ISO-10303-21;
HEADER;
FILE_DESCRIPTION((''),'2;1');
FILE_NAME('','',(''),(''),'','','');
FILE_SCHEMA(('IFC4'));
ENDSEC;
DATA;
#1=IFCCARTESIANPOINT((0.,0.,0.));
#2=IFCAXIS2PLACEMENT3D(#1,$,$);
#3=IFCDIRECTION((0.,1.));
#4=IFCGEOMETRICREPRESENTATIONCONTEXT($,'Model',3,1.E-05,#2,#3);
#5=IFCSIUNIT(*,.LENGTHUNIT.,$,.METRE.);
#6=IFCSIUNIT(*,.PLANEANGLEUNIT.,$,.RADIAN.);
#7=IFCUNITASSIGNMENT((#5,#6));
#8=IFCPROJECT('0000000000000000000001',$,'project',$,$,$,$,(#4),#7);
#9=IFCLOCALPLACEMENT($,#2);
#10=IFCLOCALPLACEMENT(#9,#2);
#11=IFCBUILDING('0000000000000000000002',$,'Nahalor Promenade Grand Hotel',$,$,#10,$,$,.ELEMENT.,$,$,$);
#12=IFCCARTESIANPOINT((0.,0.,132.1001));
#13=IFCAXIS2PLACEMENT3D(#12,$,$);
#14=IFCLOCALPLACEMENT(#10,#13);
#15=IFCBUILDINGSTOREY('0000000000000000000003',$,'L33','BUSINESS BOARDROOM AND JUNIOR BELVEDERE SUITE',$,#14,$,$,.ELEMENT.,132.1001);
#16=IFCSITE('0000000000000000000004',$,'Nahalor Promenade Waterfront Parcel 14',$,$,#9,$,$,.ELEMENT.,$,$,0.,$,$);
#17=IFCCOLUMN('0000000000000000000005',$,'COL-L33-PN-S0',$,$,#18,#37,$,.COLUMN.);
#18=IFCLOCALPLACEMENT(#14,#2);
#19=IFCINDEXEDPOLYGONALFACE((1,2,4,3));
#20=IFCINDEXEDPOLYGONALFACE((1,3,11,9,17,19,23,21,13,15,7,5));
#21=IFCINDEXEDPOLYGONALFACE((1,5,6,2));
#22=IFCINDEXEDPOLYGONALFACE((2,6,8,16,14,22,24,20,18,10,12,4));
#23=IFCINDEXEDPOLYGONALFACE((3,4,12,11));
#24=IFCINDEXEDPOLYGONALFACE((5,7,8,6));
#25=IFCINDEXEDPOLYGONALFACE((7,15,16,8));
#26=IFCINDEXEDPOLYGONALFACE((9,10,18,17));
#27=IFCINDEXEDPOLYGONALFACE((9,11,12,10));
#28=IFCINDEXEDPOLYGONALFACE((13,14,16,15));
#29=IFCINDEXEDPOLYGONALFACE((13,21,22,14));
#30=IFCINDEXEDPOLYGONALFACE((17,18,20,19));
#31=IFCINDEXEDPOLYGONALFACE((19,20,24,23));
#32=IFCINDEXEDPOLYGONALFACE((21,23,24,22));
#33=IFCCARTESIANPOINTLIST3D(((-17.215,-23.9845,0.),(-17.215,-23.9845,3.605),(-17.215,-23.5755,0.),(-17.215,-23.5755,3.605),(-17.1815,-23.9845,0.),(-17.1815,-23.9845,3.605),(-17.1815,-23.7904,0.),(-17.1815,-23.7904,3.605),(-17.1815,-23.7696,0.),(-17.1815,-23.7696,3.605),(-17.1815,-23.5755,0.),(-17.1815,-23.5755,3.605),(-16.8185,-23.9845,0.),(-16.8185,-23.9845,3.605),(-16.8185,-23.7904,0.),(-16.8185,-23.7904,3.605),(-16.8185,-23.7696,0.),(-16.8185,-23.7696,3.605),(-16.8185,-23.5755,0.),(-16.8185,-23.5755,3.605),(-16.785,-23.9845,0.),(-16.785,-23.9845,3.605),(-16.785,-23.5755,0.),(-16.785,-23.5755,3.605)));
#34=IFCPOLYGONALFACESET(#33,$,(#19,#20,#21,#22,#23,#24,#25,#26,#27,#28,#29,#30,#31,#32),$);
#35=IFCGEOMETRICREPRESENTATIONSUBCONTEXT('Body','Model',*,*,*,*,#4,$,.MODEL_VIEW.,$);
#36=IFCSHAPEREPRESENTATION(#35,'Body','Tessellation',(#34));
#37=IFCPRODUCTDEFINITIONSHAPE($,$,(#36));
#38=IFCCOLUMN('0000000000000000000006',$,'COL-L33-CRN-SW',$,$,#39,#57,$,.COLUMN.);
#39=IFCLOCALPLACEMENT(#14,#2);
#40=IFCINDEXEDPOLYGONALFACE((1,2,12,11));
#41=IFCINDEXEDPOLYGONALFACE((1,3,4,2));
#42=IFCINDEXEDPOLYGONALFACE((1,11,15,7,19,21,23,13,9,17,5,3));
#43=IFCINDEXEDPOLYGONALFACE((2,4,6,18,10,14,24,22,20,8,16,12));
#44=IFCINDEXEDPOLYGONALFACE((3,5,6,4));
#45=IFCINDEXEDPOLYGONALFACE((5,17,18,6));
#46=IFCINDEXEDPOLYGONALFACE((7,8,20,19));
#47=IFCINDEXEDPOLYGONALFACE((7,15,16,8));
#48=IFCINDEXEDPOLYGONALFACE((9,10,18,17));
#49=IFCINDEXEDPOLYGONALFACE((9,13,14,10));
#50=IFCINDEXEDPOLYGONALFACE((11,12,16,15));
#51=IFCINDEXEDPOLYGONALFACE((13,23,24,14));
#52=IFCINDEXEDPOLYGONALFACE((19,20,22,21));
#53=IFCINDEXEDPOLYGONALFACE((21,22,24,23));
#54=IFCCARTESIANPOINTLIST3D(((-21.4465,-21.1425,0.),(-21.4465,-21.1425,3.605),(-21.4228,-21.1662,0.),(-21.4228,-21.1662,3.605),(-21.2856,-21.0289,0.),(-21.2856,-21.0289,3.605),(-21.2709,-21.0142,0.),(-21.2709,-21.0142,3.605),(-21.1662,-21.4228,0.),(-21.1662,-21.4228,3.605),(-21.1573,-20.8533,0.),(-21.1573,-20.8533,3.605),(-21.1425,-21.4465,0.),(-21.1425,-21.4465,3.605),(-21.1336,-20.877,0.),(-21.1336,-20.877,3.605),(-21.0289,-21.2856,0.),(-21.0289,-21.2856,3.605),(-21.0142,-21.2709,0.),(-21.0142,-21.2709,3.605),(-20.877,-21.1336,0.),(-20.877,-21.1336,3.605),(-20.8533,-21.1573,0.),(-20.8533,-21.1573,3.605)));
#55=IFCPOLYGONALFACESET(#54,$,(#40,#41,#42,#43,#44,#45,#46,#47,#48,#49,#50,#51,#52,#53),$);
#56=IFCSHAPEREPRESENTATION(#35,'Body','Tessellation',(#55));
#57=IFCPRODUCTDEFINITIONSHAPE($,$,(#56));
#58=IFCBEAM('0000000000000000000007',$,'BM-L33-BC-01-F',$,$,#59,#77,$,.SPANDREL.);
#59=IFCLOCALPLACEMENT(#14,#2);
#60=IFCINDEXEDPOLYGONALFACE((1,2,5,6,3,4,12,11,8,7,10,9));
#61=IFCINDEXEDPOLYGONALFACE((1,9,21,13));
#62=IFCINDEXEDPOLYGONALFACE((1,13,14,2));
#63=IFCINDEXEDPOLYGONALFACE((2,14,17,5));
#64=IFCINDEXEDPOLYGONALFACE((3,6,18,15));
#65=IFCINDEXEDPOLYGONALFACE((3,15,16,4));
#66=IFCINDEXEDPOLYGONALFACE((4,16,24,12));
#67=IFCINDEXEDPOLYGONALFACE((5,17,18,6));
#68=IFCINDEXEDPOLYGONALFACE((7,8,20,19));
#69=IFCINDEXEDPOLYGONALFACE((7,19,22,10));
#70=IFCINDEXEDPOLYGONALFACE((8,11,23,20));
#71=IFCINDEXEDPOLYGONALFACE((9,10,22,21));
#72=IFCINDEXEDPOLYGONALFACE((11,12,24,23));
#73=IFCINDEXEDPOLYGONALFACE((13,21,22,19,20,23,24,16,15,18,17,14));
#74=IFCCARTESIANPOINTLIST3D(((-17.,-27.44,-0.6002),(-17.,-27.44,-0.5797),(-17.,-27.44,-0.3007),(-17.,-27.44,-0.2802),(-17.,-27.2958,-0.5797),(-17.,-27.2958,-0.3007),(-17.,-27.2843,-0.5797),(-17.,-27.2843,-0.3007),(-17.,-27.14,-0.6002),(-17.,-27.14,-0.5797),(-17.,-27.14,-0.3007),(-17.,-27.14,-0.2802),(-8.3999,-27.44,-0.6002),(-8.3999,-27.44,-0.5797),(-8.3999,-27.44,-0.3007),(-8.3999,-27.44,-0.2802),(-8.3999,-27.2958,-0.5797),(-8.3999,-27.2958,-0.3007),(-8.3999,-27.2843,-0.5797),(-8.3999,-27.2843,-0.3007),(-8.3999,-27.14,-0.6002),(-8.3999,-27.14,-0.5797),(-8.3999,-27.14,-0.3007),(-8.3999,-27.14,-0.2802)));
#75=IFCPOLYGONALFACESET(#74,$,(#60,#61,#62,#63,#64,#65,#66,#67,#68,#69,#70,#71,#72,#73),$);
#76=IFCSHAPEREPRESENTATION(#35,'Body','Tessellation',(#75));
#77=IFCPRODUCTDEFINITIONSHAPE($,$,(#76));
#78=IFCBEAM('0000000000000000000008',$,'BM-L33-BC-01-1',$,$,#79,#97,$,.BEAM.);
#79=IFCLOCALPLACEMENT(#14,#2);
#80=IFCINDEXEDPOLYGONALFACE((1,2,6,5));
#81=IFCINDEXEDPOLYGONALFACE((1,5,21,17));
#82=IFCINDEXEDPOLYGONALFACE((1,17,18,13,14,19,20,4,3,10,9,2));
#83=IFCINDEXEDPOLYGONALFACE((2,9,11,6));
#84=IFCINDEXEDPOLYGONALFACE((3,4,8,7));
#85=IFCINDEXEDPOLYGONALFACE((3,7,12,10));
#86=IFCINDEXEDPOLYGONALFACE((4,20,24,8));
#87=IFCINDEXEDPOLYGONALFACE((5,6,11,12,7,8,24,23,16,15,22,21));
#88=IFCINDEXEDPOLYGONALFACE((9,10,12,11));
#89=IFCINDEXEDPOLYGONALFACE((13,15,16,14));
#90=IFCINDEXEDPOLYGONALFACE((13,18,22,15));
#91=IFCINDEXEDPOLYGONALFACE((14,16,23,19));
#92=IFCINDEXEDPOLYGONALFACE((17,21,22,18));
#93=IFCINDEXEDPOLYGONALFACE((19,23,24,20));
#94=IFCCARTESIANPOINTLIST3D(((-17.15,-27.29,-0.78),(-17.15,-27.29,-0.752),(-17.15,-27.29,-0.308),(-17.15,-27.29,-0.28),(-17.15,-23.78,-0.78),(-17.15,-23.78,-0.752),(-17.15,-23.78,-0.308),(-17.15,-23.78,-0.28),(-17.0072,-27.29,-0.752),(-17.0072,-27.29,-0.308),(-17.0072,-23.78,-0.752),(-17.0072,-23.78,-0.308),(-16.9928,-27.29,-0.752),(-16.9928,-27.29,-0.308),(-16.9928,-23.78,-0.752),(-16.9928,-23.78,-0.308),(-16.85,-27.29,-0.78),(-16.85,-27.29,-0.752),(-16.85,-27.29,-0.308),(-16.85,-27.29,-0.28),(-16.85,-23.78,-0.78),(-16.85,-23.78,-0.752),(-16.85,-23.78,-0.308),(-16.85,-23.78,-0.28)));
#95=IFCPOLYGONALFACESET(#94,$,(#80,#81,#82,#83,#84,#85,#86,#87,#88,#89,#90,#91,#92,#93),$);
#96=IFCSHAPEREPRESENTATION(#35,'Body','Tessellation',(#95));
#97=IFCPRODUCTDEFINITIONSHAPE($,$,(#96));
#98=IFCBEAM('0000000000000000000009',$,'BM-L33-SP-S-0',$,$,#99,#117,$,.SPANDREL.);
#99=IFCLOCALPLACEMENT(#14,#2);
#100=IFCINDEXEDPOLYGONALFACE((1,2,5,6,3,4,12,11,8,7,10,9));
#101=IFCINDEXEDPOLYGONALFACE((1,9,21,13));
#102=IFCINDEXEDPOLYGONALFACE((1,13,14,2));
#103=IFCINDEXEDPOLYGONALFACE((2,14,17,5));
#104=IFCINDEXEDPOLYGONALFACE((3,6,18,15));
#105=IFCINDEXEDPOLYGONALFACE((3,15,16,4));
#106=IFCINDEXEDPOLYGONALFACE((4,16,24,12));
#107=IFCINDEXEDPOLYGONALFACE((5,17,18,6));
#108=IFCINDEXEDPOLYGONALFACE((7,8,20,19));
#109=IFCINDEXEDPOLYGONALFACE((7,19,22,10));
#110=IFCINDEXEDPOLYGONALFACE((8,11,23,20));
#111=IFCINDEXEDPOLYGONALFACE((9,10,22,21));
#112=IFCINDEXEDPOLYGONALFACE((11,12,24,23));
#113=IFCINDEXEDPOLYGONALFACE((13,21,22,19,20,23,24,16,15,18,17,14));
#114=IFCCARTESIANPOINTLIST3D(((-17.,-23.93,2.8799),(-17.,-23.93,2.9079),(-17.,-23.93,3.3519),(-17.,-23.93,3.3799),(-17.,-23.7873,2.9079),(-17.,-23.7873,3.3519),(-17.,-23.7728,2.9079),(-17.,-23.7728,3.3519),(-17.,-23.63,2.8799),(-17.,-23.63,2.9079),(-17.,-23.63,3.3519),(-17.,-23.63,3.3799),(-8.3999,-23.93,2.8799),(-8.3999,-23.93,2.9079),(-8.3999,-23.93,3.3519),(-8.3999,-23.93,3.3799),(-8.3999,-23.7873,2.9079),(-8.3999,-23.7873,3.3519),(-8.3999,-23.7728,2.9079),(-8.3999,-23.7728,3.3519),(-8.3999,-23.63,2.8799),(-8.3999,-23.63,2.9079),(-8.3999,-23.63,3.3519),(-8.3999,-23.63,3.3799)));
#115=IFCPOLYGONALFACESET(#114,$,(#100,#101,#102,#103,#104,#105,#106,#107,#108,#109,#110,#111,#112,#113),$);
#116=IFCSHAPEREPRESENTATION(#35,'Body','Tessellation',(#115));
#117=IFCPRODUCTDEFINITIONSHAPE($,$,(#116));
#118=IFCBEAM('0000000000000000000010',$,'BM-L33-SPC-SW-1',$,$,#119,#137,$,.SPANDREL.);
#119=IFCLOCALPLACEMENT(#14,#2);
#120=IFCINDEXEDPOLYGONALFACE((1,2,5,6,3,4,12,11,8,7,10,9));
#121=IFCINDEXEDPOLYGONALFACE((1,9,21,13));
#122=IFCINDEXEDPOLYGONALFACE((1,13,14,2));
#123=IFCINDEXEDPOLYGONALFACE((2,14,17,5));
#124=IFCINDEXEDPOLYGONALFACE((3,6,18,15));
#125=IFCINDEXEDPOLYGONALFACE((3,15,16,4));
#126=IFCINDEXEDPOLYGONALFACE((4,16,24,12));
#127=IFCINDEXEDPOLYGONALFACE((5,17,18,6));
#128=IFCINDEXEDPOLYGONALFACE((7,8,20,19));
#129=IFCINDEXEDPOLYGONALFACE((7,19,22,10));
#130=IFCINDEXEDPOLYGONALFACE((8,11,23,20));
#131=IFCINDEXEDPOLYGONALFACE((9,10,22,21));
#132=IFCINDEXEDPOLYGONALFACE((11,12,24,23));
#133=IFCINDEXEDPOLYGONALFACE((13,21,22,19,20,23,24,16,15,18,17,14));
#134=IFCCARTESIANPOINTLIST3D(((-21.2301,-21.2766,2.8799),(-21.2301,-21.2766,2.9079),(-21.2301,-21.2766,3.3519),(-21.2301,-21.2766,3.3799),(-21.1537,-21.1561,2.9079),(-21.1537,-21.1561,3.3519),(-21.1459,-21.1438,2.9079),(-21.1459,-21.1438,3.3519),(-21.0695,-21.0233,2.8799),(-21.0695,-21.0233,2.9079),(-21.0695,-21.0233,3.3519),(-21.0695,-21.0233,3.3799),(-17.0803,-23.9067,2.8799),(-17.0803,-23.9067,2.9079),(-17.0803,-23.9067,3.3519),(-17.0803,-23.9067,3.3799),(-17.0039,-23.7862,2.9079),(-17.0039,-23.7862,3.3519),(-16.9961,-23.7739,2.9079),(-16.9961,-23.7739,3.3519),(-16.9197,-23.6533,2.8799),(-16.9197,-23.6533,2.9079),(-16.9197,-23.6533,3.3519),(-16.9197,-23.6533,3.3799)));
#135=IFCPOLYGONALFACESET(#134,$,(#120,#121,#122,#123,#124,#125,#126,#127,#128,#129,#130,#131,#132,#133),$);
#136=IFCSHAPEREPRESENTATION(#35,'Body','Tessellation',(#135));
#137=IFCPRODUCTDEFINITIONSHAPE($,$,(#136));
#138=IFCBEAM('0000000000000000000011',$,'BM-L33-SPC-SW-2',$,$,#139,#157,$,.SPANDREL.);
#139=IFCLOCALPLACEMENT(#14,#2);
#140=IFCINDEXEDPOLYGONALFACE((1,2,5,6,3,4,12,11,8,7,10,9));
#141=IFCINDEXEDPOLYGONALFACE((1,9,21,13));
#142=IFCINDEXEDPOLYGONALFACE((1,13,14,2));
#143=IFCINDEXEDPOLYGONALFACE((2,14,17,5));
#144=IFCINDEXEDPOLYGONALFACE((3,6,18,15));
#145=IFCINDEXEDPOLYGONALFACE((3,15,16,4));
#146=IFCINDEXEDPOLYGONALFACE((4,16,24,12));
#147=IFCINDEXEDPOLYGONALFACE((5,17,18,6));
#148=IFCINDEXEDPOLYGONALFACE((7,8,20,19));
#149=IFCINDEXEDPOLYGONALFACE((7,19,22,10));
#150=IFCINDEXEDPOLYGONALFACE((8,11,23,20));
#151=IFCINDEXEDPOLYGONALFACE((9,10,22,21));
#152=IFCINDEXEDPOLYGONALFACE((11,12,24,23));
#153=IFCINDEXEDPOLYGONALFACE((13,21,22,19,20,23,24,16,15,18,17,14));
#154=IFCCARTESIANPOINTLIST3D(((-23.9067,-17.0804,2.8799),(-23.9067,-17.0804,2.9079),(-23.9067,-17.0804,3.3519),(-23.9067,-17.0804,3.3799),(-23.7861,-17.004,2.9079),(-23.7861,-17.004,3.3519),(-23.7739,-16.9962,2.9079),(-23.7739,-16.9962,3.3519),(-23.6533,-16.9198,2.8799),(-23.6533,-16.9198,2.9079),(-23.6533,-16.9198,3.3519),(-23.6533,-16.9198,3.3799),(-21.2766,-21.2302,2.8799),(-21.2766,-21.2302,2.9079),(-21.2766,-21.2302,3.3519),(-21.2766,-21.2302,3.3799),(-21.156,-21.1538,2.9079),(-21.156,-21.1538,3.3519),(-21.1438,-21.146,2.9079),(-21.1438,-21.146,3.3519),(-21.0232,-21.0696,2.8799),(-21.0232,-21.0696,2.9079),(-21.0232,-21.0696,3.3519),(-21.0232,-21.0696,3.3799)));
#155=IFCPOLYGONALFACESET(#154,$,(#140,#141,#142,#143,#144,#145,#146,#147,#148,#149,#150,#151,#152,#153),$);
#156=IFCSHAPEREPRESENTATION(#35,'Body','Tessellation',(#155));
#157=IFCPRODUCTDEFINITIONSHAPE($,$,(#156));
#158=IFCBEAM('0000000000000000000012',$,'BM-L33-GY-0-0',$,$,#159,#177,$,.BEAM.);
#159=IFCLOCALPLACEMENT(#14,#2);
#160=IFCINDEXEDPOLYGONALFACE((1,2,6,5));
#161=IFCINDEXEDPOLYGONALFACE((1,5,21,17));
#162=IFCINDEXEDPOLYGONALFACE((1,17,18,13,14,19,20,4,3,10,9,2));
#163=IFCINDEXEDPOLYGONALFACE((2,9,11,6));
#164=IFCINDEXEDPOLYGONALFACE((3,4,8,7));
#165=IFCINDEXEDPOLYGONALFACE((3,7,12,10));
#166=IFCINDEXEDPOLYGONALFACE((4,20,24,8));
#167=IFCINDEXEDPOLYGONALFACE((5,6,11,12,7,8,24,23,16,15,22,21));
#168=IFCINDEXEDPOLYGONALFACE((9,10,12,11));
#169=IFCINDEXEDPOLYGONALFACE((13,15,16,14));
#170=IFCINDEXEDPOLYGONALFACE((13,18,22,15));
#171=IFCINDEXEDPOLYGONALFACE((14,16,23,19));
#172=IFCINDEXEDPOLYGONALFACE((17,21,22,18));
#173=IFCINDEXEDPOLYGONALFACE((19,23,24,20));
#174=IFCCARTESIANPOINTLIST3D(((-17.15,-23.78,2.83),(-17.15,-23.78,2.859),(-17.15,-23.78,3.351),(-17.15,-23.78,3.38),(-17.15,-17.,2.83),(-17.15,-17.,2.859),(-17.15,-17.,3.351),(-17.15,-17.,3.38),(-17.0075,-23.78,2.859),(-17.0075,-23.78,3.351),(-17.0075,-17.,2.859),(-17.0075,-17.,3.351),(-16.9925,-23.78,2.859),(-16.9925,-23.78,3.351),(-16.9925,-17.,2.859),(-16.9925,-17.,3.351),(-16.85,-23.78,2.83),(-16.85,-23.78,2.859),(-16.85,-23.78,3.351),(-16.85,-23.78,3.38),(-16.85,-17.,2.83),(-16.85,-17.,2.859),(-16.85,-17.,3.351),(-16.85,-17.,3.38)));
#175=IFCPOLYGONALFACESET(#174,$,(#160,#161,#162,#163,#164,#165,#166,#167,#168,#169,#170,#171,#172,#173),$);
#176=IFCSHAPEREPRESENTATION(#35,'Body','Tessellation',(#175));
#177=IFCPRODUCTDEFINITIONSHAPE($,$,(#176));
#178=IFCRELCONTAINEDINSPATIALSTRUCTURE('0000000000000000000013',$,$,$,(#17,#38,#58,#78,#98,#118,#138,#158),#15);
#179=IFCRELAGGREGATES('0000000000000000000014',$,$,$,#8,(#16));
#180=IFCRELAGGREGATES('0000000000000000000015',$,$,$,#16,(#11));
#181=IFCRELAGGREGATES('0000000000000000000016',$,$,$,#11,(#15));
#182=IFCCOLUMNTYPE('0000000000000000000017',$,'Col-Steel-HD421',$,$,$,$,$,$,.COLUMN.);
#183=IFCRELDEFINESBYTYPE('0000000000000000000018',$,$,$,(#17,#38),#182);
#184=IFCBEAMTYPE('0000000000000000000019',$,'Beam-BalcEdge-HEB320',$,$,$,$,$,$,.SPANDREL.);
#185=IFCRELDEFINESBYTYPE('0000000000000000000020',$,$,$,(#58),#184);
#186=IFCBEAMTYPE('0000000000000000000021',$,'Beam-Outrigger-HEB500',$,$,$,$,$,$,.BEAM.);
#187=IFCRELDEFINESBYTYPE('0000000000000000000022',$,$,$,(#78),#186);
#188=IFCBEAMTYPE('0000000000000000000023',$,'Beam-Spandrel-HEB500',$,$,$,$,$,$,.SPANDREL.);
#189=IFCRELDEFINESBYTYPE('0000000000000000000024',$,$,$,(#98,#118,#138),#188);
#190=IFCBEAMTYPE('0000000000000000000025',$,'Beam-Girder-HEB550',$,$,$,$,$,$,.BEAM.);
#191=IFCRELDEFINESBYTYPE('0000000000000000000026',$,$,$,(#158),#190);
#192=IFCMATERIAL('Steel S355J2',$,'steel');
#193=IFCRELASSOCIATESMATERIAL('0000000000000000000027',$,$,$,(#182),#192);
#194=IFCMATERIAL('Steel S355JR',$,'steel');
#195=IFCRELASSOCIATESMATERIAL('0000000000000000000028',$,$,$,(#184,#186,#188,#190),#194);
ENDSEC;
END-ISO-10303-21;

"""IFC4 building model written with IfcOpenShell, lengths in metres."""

from ifc_helpers import new_model, si_unit, direction, frame, origin, origin_2d, place, context, subcontext, project, spatial, i_section, extrude, source, transform, mapped, material, material_profile, profile_set, type_object, element, save


model = new_model("IFC4")

# Units and contexts
model_context = context("Model", 3, precision=1e-05, world=origin(), true_north=direction((0.0, 1.0)))
body_context = subcontext(model_context, "Body", "Model", "MODEL_VIEW")
ifc_project = project(units=[si_unit("LENGTHUNIT", "METRE"), si_unit("PLANEANGLEUNIT", "RADIAN")], contexts=[model_context])

# Site, building, storey
site_placement = place(None, origin())
site = spatial("IfcSite", under=ifc_project, at=site_placement, Name="Nahalor Promenade Waterfront Parcel 14", CompositionType="ELEMENT", RefElevation=0.0)
building_placement = place(site_placement, origin())
building = spatial("IfcBuilding", under=site, at=building_placement, Name="Nahalor Promenade Grand Hotel", CompositionType="ELEMENT")
storey_placement = place(building_placement, frame((0.0, 0.0, 132.1001)))
storey = spatial("IfcBuildingStorey", under=building, at=storey_placement, Name="L33", Description="BUSINESS BOARDROOM AND JUNIOR BELVEDERE SUITE", CompositionType="ELEMENT", Elevation=132.1001)

# Columns
ifc_material_1 = material(Name="Steel S355J2", Category="steel")
ifc_material_profile_1 = material_profile(ifc_material_1, i_section(OverallWidth=0.409, OverallDepth=0.43, WebThickness=0.0208, FlangeThickness=0.0335, at=origin_2d()), Name="HD 400x421")
ifc_profile_set_1 = profile_set([ifc_material_profile_1], Name="Steel S355J2")
column_type = type_object("IfcColumnType", Name="Col-Steel-HD421", PredefinedType="COLUMN", material=ifc_profile_set_1)
shared_shape_1 = source(origin(), body_context, "Body", "SweptSolid", [
    extrude(i_section(OverallWidth=0.409, OverallDepth=0.43, WebThickness=0.0208, FlangeThickness=0.0335, at=origin_2d()), origin(), (0.0, 0.0, 1.0), 3.605),
])
for number, where, z_axis, x_axis, name in (
    (1, (-17.0, -23.78, 0.0), (0.0, 0.0, 1.0), (0.0, 1.0, 0.0), "COL-L33-PN-S0"),
    (2, (-21.1499, -21.1499, 0.0), (0.0, 0.0, 1.0), (0.707107, 0.707107, 0.0), "COL-L33-CRN-SW"),
):
    element("IfcColumn", number, at=place(storey_placement, frame(where, z_axis=z_axis, x_axis=x_axis)), inside=storey, type_object=column_type, Name=name, PredefinedType="COLUMN", context=body_context, shape_type="MappedRepresentation", body=[
        mapped(shared_shape_1, transform((0.0, 0.0, 0.0), scale=1.0)),
    ])

# Beams
ifc_material_2 = material(Name="Steel S355JR", Category="steel")
ifc_material_profile_2 = material_profile(ifc_material_2, i_section(OverallWidth=0.3, OverallDepth=0.32, WebThickness=0.0115, FlangeThickness=0.0205, at=origin_2d()), Name="HEB 320")
ifc_profile_set_2 = profile_set([ifc_material_profile_2], Name="Steel S355JR")
beam_type_1 = type_object("IfcBeamType", Name="Beam-BalcEdge-HEB320", PredefinedType="SPANDREL", material=ifc_profile_set_2)
shared_shape_2 = source(origin(), body_context, "Body", "SweptSolid", [
    extrude(i_section(OverallWidth=0.3, OverallDepth=0.32, WebThickness=0.0115, FlangeThickness=0.0205, at=origin_2d()), origin(), (0.0, 0.0, 1.0), 8.6001),
])
beam_1_placement = place(storey_placement, frame((-17.0, -27.29, -0.4402), z_axis=(1.0, 0.0, 0.0), x_axis=(0.0, 1.0, 0.0)))
element("IfcBeam", 3, at=beam_1_placement, inside=storey, type_object=beam_type_1, Name="BM-L33-BC-01-F", PredefinedType="SPANDREL", context=body_context, shape_type="MappedRepresentation", body=[
    mapped(shared_shape_2, transform((0.0, 0.0, 0.0), scale=1.0)),
])
ifc_material_profile_3 = material_profile(ifc_material_2, i_section(OverallWidth=0.3, OverallDepth=0.5, WebThickness=0.0145, FlangeThickness=0.028, at=origin_2d()), Name="HEB 500")
ifc_profile_set_3 = profile_set([ifc_material_profile_3], Name="Steel S355JR")
beam_type_2 = type_object("IfcBeamType", Name="Beam-Outrigger-HEB500", PredefinedType="BEAM", material=ifc_profile_set_3)
shared_shape_3 = source(origin(), body_context, "Body", "SweptSolid", [
    extrude(i_section(OverallWidth=0.3, OverallDepth=0.5, WebThickness=0.0145, FlangeThickness=0.028, at=origin_2d()), origin(), (0.0, 0.0, 1.0), 3.51),
])
beam_2_placement = place(storey_placement, frame((-17.0, -27.29, -0.53), z_axis=(0.0, 1.0, 0.0), x_axis=(-1.0, 0.0, 0.0)))
element("IfcBeam", 4, at=beam_2_placement, inside=storey, type_object=beam_type_2, Name="BM-L33-BC-01-1", PredefinedType="BEAM", context=body_context, shape_type="MappedRepresentation", body=[
    mapped(shared_shape_3, transform((0.0, 0.0, 0.0), scale=1.0)),
])
ifc_material_profile_4 = material_profile(ifc_material_2, i_section(OverallWidth=0.3, OverallDepth=0.5, WebThickness=0.0145, FlangeThickness=0.028, at=origin_2d()), Name="HEB 500")
ifc_profile_set_4 = profile_set([ifc_material_profile_4], Name="Steel S355JR")
beam_type_3 = type_object("IfcBeamType", Name="Beam-Spandrel-HEB500", PredefinedType="SPANDREL", material=ifc_profile_set_4)
shared_shape_4 = source(origin(), body_context, "Body", "SweptSolid", [
    extrude(i_section(OverallWidth=0.3, OverallDepth=0.5, WebThickness=0.0145, FlangeThickness=0.028, at=origin_2d()), origin(), (0.0, 0.0, 1.0), 8.6001),
])
beam_3_placement = place(storey_placement, frame((-17.0, -23.78, 3.1299), z_axis=(1.0, 0.0, 0.0), x_axis=(0.0, 1.0, 0.0)))
element("IfcBeam", 5, at=beam_3_placement, inside=storey, type_object=beam_type_3, Name="BM-L33-SP-S-0", PredefinedType="SPANDREL", context=body_context, shape_type="MappedRepresentation", body=[
    mapped(shared_shape_4, transform((0.0, 0.0, 0.0), scale=1.0)),
])
shared_shape_5 = source(origin(), body_context, "Body", "SweptSolid", [
    extrude(i_section(OverallWidth=0.3, OverallDepth=0.5, WebThickness=0.0145, FlangeThickness=0.028, at=origin_2d()), origin(), (0.0, 0.0, 1.0), 4.9131),
])
for number, where, z_axis, x_axis, name in (
    (6, (-17.0, -23.78, 3.1299), (-0.844648, 0.535322, 0.0), (-0.535322, -0.844648, 0.0), "BM-L33-SPC-SW-1"),
    (7, (-21.1499, -21.1499, 3.1299), (-0.535322, 0.844648, 0.0), (-0.844648, -0.535322, 0.0), "BM-L33-SPC-SW-2"),
):
    element("IfcBeam", number, at=place(storey_placement, frame(where, z_axis=z_axis, x_axis=x_axis)), inside=storey, type_object=beam_type_3, Name=name, PredefinedType="SPANDREL", context=body_context, shape_type="MappedRepresentation", body=[
        mapped(shared_shape_5, transform((0.0, 0.0, 0.0), scale=1.0)),
    ])
ifc_material_profile_5 = material_profile(ifc_material_2, i_section(OverallWidth=0.3, OverallDepth=0.55, WebThickness=0.015, FlangeThickness=0.029, at=origin_2d()), Name="HEB 550")
ifc_profile_set_5 = profile_set([ifc_material_profile_5], Name="Steel S355JR")
beam_type_4 = type_object("IfcBeamType", Name="Beam-Girder-HEB550", PredefinedType="BEAM", material=ifc_profile_set_5)
shared_shape_6 = source(origin(), body_context, "Body", "SweptSolid", [
    extrude(i_section(OverallWidth=0.3, OverallDepth=0.55, WebThickness=0.015, FlangeThickness=0.029, at=origin_2d()), origin(), (0.0, 0.0, 1.0), 6.78),
])
beam_4_placement = place(storey_placement, frame((-17.0, -23.78, 3.105), z_axis=(0.0, 1.0, 0.0), x_axis=(-1.0, 0.0, 0.0)))
element("IfcBeam", 8, at=beam_4_placement, inside=storey, type_object=beam_type_4, Name="BM-L33-GY-0-0", PredefinedType="BEAM", context=body_context, shape_type="MappedRepresentation", body=[
    mapped(shared_shape_6, transform((0.0, 0.0, 0.0), scale=1.0)),
])

save(model, "model.ifc")
